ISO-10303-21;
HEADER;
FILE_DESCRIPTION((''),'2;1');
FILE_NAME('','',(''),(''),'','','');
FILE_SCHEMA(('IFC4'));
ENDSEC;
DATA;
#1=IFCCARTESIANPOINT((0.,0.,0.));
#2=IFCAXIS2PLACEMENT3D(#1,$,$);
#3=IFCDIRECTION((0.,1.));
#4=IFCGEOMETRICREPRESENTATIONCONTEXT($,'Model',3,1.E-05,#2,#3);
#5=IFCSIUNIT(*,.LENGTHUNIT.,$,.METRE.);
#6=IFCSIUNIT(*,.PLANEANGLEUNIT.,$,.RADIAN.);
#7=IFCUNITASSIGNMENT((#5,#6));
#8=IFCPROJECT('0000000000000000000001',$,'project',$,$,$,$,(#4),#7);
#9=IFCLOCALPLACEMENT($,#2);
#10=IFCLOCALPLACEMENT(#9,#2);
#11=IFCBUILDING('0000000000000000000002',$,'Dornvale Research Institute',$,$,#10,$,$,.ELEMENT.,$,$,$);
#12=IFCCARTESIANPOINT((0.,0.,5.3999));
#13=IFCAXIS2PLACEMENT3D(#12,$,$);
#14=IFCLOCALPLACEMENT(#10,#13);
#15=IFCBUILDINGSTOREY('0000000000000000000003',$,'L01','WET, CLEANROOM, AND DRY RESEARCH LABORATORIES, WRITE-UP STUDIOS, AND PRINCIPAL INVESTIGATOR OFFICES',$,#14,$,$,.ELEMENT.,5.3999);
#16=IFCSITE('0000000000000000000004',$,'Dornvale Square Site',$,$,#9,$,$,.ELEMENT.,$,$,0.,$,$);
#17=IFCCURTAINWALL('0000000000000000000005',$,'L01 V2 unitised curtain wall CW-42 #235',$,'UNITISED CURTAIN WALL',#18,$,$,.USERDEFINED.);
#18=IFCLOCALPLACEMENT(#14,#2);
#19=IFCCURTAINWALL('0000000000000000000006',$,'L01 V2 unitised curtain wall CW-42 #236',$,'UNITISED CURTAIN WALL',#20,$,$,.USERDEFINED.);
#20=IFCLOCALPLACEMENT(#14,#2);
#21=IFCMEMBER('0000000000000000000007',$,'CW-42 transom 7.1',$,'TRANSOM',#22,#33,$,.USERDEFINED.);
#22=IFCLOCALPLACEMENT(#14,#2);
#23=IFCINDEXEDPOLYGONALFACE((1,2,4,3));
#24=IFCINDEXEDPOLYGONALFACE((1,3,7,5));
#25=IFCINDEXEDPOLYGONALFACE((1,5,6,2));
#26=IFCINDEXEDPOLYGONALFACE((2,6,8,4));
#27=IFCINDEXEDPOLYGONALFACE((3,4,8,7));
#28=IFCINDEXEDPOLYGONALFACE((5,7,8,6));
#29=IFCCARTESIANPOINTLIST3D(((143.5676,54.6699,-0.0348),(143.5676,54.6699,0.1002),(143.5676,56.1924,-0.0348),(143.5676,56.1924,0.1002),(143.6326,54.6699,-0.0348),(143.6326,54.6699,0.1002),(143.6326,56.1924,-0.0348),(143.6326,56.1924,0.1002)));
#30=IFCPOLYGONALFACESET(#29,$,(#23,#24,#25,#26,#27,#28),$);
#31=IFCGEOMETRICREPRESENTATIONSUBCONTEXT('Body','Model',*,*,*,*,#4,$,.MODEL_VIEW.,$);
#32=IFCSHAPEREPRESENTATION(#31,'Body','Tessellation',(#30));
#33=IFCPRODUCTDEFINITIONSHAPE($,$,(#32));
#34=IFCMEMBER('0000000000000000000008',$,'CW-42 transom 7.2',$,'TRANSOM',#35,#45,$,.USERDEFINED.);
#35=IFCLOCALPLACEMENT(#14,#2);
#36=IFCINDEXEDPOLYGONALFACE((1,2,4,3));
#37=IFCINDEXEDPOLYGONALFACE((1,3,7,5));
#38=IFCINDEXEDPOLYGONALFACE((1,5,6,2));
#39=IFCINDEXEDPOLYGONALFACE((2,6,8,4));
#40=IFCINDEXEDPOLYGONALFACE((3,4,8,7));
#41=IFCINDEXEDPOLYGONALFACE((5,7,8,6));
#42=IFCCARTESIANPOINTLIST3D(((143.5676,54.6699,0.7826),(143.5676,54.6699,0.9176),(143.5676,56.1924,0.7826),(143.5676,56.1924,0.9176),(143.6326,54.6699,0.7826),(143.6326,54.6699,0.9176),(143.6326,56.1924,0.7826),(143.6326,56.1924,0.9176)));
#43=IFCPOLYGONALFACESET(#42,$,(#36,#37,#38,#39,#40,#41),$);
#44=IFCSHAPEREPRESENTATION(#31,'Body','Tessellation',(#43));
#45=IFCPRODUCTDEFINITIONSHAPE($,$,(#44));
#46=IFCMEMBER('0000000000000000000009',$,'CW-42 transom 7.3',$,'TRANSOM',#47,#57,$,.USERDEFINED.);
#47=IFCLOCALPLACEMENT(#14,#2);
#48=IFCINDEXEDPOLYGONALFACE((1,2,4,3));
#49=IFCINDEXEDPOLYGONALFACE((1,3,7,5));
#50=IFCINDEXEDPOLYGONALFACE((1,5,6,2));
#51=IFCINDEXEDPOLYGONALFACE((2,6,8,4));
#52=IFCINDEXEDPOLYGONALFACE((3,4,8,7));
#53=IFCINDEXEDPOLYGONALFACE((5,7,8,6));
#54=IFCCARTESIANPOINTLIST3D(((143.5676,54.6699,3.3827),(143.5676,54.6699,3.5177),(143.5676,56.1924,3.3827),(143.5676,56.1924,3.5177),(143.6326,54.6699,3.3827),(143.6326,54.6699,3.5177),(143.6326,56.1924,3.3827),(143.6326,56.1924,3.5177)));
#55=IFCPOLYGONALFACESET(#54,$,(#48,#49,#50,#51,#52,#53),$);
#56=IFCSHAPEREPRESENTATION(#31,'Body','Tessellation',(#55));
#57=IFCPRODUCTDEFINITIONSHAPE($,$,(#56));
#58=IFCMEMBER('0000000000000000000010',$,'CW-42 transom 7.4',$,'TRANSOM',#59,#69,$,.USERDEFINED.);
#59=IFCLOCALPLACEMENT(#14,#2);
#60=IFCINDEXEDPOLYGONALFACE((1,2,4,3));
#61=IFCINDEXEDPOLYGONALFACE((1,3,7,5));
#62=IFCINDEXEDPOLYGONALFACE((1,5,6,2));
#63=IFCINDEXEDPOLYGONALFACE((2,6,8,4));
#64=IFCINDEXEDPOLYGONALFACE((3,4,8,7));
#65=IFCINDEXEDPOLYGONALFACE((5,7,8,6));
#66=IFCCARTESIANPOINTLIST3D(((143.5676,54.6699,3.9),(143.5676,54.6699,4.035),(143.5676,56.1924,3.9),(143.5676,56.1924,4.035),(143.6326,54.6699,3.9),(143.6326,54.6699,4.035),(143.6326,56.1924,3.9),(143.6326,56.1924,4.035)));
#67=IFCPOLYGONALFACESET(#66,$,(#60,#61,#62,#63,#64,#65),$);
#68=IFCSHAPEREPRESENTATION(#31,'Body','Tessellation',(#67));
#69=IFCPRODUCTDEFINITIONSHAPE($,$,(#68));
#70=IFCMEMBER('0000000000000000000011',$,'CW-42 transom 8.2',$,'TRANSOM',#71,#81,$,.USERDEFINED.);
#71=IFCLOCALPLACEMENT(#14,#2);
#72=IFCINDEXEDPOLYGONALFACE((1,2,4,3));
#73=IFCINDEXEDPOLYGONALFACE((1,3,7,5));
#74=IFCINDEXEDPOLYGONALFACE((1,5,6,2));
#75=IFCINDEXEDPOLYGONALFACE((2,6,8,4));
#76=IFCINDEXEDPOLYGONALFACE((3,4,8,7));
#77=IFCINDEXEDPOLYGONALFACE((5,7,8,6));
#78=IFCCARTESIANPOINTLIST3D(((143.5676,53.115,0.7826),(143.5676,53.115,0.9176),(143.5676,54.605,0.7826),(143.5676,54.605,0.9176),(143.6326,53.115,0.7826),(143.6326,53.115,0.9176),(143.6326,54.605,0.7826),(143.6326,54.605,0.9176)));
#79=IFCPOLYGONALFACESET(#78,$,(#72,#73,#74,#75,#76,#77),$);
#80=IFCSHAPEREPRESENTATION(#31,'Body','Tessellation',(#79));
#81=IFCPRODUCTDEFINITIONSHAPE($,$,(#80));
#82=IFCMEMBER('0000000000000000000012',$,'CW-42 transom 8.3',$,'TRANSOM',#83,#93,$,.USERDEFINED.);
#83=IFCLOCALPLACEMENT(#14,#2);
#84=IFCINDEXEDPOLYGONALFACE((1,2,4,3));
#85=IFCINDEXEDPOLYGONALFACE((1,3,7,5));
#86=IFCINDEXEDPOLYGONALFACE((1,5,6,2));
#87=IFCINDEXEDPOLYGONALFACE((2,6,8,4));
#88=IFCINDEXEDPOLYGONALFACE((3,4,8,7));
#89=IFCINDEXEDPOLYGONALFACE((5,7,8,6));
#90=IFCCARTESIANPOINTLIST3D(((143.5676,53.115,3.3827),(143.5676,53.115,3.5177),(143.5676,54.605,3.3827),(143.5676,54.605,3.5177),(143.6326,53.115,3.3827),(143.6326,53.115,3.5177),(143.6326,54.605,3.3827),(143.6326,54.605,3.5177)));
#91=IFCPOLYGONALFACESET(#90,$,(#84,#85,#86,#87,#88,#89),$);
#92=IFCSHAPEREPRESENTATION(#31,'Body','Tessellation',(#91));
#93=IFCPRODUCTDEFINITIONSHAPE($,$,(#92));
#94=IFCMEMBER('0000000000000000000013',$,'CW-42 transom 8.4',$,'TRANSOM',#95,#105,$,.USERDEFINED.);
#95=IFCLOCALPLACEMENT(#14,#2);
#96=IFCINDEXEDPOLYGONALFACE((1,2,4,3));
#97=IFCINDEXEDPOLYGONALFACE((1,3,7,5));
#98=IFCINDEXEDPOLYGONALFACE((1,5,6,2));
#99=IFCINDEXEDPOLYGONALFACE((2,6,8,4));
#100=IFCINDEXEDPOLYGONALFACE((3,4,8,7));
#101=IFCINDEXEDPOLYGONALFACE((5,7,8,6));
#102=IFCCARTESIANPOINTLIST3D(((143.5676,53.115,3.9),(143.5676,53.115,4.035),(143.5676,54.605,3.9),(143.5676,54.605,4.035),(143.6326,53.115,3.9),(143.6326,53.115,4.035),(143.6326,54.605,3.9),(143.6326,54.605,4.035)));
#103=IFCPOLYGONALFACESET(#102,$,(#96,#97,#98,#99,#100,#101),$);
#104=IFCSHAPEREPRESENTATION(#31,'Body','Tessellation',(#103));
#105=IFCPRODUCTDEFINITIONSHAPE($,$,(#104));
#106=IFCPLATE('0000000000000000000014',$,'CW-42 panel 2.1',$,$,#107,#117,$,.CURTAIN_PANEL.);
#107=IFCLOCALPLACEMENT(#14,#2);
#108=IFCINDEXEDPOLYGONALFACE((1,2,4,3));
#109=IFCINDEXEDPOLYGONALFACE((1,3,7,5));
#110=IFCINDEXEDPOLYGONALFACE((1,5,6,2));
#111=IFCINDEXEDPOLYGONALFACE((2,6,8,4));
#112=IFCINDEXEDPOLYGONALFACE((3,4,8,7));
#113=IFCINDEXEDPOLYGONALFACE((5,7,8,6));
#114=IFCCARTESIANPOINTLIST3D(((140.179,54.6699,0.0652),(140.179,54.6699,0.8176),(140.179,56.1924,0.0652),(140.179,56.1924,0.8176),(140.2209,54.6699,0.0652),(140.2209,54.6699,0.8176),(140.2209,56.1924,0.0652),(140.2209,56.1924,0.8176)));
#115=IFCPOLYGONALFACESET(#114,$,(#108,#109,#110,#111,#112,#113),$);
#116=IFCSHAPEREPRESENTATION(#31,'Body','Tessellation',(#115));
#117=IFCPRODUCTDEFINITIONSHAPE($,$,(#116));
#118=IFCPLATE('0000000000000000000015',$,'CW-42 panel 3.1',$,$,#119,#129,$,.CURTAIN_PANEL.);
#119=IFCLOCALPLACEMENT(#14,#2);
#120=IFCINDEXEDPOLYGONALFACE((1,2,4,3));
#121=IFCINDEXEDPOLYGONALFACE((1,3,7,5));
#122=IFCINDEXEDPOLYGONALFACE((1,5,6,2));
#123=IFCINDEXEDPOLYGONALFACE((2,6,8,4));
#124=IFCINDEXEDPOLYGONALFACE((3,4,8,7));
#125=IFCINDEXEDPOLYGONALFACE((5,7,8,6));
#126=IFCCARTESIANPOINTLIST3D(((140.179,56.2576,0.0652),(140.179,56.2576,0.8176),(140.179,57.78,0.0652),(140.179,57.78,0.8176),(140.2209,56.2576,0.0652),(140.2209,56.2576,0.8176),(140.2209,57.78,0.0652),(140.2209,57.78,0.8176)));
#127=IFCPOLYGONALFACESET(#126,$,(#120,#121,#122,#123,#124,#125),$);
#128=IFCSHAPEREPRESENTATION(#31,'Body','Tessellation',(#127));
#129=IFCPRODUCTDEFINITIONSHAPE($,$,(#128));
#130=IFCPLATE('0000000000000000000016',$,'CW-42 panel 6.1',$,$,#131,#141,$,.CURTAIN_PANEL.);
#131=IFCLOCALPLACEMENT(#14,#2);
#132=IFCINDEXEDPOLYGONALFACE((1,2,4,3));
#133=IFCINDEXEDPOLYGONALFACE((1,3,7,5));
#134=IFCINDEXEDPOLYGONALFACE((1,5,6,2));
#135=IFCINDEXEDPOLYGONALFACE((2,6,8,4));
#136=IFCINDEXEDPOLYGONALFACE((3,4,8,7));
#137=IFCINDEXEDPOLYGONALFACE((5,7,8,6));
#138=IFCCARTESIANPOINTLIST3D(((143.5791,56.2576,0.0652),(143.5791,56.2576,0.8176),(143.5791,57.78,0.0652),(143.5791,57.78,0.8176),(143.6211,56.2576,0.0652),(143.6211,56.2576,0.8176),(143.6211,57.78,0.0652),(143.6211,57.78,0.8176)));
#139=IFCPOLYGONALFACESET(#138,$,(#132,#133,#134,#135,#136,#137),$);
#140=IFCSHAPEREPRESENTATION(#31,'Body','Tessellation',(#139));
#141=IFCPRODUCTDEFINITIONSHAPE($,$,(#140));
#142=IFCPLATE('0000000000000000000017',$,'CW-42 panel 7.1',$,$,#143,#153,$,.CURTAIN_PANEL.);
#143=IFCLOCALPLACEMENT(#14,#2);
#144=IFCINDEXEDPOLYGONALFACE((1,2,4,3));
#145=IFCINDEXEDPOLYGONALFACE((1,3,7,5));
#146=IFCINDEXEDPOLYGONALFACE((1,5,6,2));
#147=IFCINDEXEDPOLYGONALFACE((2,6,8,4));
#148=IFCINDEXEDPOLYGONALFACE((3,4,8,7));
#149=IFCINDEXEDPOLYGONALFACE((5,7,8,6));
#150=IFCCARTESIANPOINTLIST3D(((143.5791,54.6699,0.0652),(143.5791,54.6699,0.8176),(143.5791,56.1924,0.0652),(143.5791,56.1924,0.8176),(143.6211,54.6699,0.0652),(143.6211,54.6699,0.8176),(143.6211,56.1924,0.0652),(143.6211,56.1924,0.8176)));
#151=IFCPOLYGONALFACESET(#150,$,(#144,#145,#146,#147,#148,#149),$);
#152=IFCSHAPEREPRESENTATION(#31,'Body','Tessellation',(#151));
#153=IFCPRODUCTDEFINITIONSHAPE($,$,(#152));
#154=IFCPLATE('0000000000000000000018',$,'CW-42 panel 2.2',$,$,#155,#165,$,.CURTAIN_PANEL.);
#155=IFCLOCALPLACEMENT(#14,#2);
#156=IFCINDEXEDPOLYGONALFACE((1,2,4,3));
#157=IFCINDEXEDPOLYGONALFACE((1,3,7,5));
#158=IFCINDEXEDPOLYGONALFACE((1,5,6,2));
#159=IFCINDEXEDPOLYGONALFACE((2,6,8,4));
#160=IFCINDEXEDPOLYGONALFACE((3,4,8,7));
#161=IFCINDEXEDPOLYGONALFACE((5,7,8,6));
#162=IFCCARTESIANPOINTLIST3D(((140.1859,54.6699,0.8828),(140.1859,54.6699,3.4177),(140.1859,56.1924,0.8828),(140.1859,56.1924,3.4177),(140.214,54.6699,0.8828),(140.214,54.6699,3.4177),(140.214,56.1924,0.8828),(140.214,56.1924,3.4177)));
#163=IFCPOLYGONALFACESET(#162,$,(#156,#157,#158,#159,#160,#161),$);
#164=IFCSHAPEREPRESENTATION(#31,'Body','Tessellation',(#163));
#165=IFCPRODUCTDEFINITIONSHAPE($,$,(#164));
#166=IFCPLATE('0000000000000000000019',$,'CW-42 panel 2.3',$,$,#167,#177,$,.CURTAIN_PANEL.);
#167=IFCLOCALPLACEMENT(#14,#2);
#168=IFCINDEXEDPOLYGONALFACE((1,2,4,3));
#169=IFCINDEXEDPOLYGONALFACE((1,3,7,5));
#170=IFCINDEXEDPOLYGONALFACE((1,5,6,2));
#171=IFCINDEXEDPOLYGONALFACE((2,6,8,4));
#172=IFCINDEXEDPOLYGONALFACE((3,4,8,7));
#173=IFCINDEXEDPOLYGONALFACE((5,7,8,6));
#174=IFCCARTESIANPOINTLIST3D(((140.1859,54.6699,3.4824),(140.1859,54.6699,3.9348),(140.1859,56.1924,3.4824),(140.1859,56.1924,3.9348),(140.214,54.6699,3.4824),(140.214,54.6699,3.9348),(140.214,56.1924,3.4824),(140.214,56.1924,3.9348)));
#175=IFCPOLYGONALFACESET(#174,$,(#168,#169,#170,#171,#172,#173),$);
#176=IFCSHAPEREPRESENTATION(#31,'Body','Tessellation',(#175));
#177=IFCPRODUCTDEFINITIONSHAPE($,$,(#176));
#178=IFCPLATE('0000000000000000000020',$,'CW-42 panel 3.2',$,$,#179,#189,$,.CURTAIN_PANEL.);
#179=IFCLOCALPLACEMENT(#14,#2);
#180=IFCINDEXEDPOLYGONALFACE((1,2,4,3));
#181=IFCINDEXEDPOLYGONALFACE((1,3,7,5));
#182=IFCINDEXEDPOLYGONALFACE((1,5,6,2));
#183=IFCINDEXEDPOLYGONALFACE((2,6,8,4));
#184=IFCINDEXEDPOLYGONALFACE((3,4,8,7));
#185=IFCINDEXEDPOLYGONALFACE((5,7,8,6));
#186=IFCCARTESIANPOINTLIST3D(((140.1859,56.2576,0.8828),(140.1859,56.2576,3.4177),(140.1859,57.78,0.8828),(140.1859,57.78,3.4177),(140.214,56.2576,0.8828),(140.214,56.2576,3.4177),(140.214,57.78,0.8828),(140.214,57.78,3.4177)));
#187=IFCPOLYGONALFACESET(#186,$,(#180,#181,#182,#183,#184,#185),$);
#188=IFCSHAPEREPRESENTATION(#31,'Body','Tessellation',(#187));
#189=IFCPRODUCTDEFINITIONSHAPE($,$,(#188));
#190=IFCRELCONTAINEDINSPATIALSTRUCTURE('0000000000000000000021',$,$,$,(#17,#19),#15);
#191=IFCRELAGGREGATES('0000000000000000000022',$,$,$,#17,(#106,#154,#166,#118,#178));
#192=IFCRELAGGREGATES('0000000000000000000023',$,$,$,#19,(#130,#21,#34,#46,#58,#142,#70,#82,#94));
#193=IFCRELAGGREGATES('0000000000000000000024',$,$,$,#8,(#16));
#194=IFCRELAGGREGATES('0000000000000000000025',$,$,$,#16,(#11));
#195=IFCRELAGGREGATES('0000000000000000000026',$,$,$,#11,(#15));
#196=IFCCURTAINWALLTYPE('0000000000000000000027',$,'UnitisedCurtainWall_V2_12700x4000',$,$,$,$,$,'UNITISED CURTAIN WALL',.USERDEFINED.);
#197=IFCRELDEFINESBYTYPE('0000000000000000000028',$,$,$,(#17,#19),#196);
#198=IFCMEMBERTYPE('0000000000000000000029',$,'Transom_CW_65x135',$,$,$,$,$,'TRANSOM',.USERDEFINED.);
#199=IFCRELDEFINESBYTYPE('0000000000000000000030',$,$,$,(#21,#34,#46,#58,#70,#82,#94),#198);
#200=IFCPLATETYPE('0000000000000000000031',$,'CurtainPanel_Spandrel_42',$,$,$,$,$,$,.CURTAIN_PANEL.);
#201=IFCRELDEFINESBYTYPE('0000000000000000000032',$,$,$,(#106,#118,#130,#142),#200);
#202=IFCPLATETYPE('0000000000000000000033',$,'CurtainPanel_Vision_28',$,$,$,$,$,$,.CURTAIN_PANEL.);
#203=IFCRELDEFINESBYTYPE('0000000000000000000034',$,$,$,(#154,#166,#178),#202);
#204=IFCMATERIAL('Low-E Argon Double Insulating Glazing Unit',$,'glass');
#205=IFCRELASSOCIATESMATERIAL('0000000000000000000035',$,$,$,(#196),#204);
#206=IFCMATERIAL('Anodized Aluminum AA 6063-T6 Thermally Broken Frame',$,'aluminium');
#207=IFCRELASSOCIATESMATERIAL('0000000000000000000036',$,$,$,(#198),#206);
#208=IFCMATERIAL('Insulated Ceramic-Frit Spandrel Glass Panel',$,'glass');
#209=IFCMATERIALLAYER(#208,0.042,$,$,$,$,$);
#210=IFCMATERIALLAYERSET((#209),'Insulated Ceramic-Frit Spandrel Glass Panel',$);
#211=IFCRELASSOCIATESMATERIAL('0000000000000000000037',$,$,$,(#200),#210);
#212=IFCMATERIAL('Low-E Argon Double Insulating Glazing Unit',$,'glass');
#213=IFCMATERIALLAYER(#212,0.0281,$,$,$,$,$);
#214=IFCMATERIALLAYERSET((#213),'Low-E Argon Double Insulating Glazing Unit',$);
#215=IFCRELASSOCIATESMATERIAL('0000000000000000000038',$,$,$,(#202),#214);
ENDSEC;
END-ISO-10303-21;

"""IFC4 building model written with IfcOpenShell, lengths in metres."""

from ifc_helpers import new_model, si_unit, direction, frame, origin, origin_2d, place, context, subcontext, project, spatial, rectangle, extrude, material, layer, layer_set, material_profile, profile_set, type_object, element, aggregate, save


model = new_model("IFC4")

# Units and contexts
model_context = context("Model", 3, precision=1e-05, world=origin(), true_north=direction((0.0, 1.0)))
body_context = subcontext(model_context, "Body", "Model", "MODEL_VIEW")
ifc_project = project(units=[si_unit("LENGTHUNIT", "METRE"), si_unit("PLANEANGLEUNIT", "RADIAN")], contexts=[model_context])

# Site, building, storey
site_placement = place(None, origin())
site = spatial("IfcSite", under=ifc_project, at=site_placement, Name="Dornvale Square Site", CompositionType="ELEMENT", RefElevation=0.0)
building_placement = place(site_placement, origin())
building = spatial("IfcBuilding", under=site, at=building_placement, Name="Dornvale Research Institute", CompositionType="ELEMENT")
storey_placement = place(building_placement, frame((0.0, 0.0, 5.3999)))
storey = spatial("IfcBuildingStorey", under=building, at=storey_placement, Name="L01", Description="WET, CLEANROOM, AND DRY RESEARCH LABORATORIES, WRITE-UP STUDIOS, AND PRINCIPAL INVESTIGATOR OFFICES", CompositionType="ELEMENT", Elevation=5.3999)

# Curtain walls
ifc_material_1 = material(Name="Low-E Argon Double Insulating Glazing Unit", Category="glass")
curtain_wall_type = type_object("IfcCurtainWallType", Name="UnitisedCurtainWall_V2_12700x4000", ElementType="UNITISED CURTAIN WALL", PredefinedType="USERDEFINED", material=ifc_material_1)
curtain_wall_1_placement = place(storey_placement, origin())
curtain_wall_1 = element("IfcCurtainWall", 1, at=curtain_wall_1_placement, inside=storey, type_object=curtain_wall_type, Name="L01 V2 unitised curtain wall CW-42 #235", ObjectType="UNITISED CURTAIN WALL", PredefinedType="USERDEFINED")
curtain_wall_2_placement = place(storey_placement, origin())
curtain_wall_2 = element("IfcCurtainWall", 2, at=curtain_wall_2_placement, inside=storey, type_object=curtain_wall_type, Name="L01 V2 unitised curtain wall CW-42 #236", ObjectType="UNITISED CURTAIN WALL", PredefinedType="USERDEFINED")

# Members
ifc_material_2 = material(Name="Anodized Aluminum AA 6063-T6 Thermally Broken Frame", Category="aluminium")
ifc_material_profile_1 = material_profile(ifc_material_2, rectangle(XDim=0.0649, YDim=0.135, at=origin_2d()), Name="ALU TRANSOM 65x135")
ifc_profile_set_1 = profile_set([ifc_material_profile_1], Name="Anodized Aluminum AA 6063-T6 Thermally Broken Frame")
member_type_1 = type_object("IfcMemberType", Name="Transom_CW_65x135", ElementType="TRANSOM", PredefinedType="USERDEFINED", material=ifc_profile_set_1)
member_1_placement = place(storey_placement, frame((143.6001, 56.1924, 0.0327), z_axis=(0.0, -1.0, 0.0), x_axis=(1.0, 0.0, 0.0)))
member_1 = element("IfcMember", 3, at=member_1_placement, type_object=member_type_1, Name="CW-42 transom 7.1", ObjectType="TRANSOM", PredefinedType="USERDEFINED", context=body_context, shape_type="SweptSolid", body=[
    extrude(rectangle(XDim=0.0649, YDim=0.135, at=origin_2d()), origin(), (0.0, 0.0, 1.0), 1.5225),
])
member_2_placement = place(storey_placement, frame((143.6001, 56.1924, 0.8501), z_axis=(0.0, -1.0, 0.0), x_axis=(1.0, 0.0, 0.0)))
member_2 = element("IfcMember", 4, at=member_2_placement, type_object=member_type_1, Name="CW-42 transom 7.2", ObjectType="TRANSOM", PredefinedType="USERDEFINED", context=body_context, shape_type="SweptSolid", body=[
    extrude(rectangle(XDim=0.0649, YDim=0.135, at=origin_2d()), origin(), (0.0, 0.0, 1.0), 1.5225),
])
member_3_placement = place(storey_placement, frame((143.6001, 56.1924, 3.4502), z_axis=(0.0, -1.0, 0.0), x_axis=(1.0, 0.0, 0.0)))
member_3 = element("IfcMember", 5, at=member_3_placement, type_object=member_type_1, Name="CW-42 transom 7.3", ObjectType="TRANSOM", PredefinedType="USERDEFINED", context=body_context, shape_type="SweptSolid", body=[
    extrude(rectangle(XDim=0.0649, YDim=0.135, at=origin_2d()), origin(), (0.0, 0.0, 1.0), 1.5225),
])
member_4_placement = place(storey_placement, frame((143.6001, 56.1924, 3.9675), z_axis=(0.0, -1.0, 0.0), x_axis=(1.0, 0.0, 0.0)))
member_4 = element("IfcMember", 6, at=member_4_placement, type_object=member_type_1, Name="CW-42 transom 7.4", ObjectType="TRANSOM", PredefinedType="USERDEFINED", context=body_context, shape_type="SweptSolid", body=[
    extrude(rectangle(XDim=0.0649, YDim=0.135, at=origin_2d()), origin(), (0.0, 0.0, 1.0), 1.5225),
])
member_5_placement = place(storey_placement, frame((143.6001, 54.605, 0.8501), z_axis=(0.0, -1.0, 0.0), x_axis=(1.0, 0.0, 0.0)))
member_5 = element("IfcMember", 7, at=member_5_placement, type_object=member_type_1, Name="CW-42 transom 8.2", ObjectType="TRANSOM", PredefinedType="USERDEFINED", context=body_context, shape_type="SweptSolid", body=[
    extrude(rectangle(XDim=0.0649, YDim=0.135, at=origin_2d()), origin(), (0.0, 0.0, 1.0), 1.49),
])
member_6_placement = place(storey_placement, frame((143.6001, 54.605, 3.4502), z_axis=(0.0, -1.0, 0.0), x_axis=(1.0, 0.0, 0.0)))
member_6 = element("IfcMember", 8, at=member_6_placement, type_object=member_type_1, Name="CW-42 transom 8.3", ObjectType="TRANSOM", PredefinedType="USERDEFINED", context=body_context, shape_type="SweptSolid", body=[
    extrude(rectangle(XDim=0.0649, YDim=0.135, at=origin_2d()), origin(), (0.0, 0.0, 1.0), 1.49),
])
member_7_placement = place(storey_placement, frame((143.6001, 54.605, 3.9675), z_axis=(0.0, -1.0, 0.0), x_axis=(1.0, 0.0, 0.0)))
member_7 = element("IfcMember", 9, at=member_7_placement, type_object=member_type_1, Name="CW-42 transom 8.4", ObjectType="TRANSOM", PredefinedType="USERDEFINED", context=body_context, shape_type="SweptSolid", body=[
    extrude(rectangle(XDim=0.0649, YDim=0.135, at=origin_2d()), origin(), (0.0, 0.0, 1.0), 1.49),
])

# Plates
ifc_material_3 = material(Name="Insulated Ceramic-Frit Spandrel Glass Panel", Category="glass")
ifc_layer_1 = layer(ifc_material_3, 0.042)
ifc_layer_set_1 = layer_set([ifc_layer_1], Name="Insulated Ceramic-Frit Spandrel Glass Panel")
plate_type_1 = type_object("IfcPlateType", Name="CurtainPanel_Spandrel_42", PredefinedType="CURTAIN_PANEL", material=ifc_layer_set_1)
plate_1_placement = place(storey_placement, frame((140.2, 55.4312, 0.0652), z_axis=(0.0, 0.0, 1.0), x_axis=(0.0, 1.0, 0.0)))
plate_1 = element("IfcPlate", 10, at=plate_1_placement, type_object=plate_type_1, Name="CW-42 panel 2.1", PredefinedType="CURTAIN_PANEL", context=body_context, shape_type="SweptSolid", body=[
    extrude(rectangle(XDim=1.5225, YDim=0.042, at=origin_2d()), origin(), (0.0, 0.0, 1.0), 0.7524),
])
plate_2_placement = place(storey_placement, frame((140.2, 57.0188, 0.0652), z_axis=(0.0, 0.0, 1.0), x_axis=(0.0, 1.0, 0.0)))
plate_2 = element("IfcPlate", 11, at=plate_2_placement, type_object=plate_type_1, Name="CW-42 panel 3.1", PredefinedType="CURTAIN_PANEL", context=body_context, shape_type="SweptSolid", body=[
    extrude(rectangle(XDim=1.5225, YDim=0.042, at=origin_2d()), origin(), (0.0, 0.0, 1.0), 0.7524),
])
plate_3_placement = place(storey_placement, frame((143.6001, 57.0188, 0.0652), z_axis=(0.0, 0.0, 1.0), x_axis=(0.0, -1.0, 0.0)))
plate_3 = element("IfcPlate", 12, at=plate_3_placement, type_object=plate_type_1, Name="CW-42 panel 6.1", PredefinedType="CURTAIN_PANEL", context=body_context, shape_type="SweptSolid", body=[
    extrude(rectangle(XDim=1.5225, YDim=0.042, at=origin_2d()), origin(), (0.0, 0.0, 1.0), 0.7524),
])
plate_4_placement = place(storey_placement, frame((143.6001, 55.4312, 0.0652), z_axis=(0.0, 0.0, 1.0), x_axis=(0.0, -1.0, 0.0)))
plate_4 = element("IfcPlate", 13, at=plate_4_placement, type_object=plate_type_1, Name="CW-42 panel 7.1", PredefinedType="CURTAIN_PANEL", context=body_context, shape_type="SweptSolid", body=[
    extrude(rectangle(XDim=1.5225, YDim=0.042, at=origin_2d()), origin(), (0.0, 0.0, 1.0), 0.7524),
])
ifc_material_4 = material(Name="Low-E Argon Double Insulating Glazing Unit", Category="glass")
ifc_layer_2 = layer(ifc_material_4, 0.0281)
ifc_layer_set_2 = layer_set([ifc_layer_2], Name="Low-E Argon Double Insulating Glazing Unit")
plate_type_2 = type_object("IfcPlateType", Name="CurtainPanel_Vision_28", PredefinedType="CURTAIN_PANEL", material=ifc_layer_set_2)
plate_5_placement = place(storey_placement, frame((140.2, 55.4312, 0.8828), z_axis=(0.0, 0.0, 1.0), x_axis=(0.0, 1.0, 0.0)))
plate_5 = element("IfcPlate", 14, at=plate_5_placement, type_object=plate_type_2, Name="CW-42 panel 2.2", PredefinedType="CURTAIN_PANEL", context=body_context, shape_type="SweptSolid", body=[
    extrude(rectangle(XDim=1.5225, YDim=0.0281, at=origin_2d()), origin(), (0.0, 0.0, 1.0), 2.5349),
])
plate_6_placement = place(storey_placement, frame((140.2, 55.4312, 3.4824), z_axis=(0.0, 0.0, 1.0), x_axis=(0.0, 1.0, 0.0)))
plate_6 = element("IfcPlate", 15, at=plate_6_placement, type_object=plate_type_2, Name="CW-42 panel 2.3", PredefinedType="CURTAIN_PANEL", context=body_context, shape_type="SweptSolid", body=[
    extrude(rectangle(XDim=1.5225, YDim=0.0281, at=origin_2d()), origin(), (0.0, 0.0, 1.0), 0.4524),
])
plate_7_placement = place(storey_placement, frame((140.2, 57.0188, 0.8828), z_axis=(0.0, 0.0, 1.0), x_axis=(0.0, 1.0, 0.0)))
plate_7 = element("IfcPlate", 16, at=plate_7_placement, type_object=plate_type_2, Name="CW-42 panel 3.2", PredefinedType="CURTAIN_PANEL", context=body_context, shape_type="SweptSolid", body=[
    extrude(rectangle(XDim=1.5225, YDim=0.0281, at=origin_2d()), origin(), (0.0, 0.0, 1.0), 2.5349),
])
aggregate(curtain_wall_1, [plate_1, plate_5, plate_6, plate_2, plate_7])
aggregate(curtain_wall_2, [plate_3, member_1, member_2, member_3, member_4, plate_4, member_5, member_6, member_7])

save(model, "model.ifc")
